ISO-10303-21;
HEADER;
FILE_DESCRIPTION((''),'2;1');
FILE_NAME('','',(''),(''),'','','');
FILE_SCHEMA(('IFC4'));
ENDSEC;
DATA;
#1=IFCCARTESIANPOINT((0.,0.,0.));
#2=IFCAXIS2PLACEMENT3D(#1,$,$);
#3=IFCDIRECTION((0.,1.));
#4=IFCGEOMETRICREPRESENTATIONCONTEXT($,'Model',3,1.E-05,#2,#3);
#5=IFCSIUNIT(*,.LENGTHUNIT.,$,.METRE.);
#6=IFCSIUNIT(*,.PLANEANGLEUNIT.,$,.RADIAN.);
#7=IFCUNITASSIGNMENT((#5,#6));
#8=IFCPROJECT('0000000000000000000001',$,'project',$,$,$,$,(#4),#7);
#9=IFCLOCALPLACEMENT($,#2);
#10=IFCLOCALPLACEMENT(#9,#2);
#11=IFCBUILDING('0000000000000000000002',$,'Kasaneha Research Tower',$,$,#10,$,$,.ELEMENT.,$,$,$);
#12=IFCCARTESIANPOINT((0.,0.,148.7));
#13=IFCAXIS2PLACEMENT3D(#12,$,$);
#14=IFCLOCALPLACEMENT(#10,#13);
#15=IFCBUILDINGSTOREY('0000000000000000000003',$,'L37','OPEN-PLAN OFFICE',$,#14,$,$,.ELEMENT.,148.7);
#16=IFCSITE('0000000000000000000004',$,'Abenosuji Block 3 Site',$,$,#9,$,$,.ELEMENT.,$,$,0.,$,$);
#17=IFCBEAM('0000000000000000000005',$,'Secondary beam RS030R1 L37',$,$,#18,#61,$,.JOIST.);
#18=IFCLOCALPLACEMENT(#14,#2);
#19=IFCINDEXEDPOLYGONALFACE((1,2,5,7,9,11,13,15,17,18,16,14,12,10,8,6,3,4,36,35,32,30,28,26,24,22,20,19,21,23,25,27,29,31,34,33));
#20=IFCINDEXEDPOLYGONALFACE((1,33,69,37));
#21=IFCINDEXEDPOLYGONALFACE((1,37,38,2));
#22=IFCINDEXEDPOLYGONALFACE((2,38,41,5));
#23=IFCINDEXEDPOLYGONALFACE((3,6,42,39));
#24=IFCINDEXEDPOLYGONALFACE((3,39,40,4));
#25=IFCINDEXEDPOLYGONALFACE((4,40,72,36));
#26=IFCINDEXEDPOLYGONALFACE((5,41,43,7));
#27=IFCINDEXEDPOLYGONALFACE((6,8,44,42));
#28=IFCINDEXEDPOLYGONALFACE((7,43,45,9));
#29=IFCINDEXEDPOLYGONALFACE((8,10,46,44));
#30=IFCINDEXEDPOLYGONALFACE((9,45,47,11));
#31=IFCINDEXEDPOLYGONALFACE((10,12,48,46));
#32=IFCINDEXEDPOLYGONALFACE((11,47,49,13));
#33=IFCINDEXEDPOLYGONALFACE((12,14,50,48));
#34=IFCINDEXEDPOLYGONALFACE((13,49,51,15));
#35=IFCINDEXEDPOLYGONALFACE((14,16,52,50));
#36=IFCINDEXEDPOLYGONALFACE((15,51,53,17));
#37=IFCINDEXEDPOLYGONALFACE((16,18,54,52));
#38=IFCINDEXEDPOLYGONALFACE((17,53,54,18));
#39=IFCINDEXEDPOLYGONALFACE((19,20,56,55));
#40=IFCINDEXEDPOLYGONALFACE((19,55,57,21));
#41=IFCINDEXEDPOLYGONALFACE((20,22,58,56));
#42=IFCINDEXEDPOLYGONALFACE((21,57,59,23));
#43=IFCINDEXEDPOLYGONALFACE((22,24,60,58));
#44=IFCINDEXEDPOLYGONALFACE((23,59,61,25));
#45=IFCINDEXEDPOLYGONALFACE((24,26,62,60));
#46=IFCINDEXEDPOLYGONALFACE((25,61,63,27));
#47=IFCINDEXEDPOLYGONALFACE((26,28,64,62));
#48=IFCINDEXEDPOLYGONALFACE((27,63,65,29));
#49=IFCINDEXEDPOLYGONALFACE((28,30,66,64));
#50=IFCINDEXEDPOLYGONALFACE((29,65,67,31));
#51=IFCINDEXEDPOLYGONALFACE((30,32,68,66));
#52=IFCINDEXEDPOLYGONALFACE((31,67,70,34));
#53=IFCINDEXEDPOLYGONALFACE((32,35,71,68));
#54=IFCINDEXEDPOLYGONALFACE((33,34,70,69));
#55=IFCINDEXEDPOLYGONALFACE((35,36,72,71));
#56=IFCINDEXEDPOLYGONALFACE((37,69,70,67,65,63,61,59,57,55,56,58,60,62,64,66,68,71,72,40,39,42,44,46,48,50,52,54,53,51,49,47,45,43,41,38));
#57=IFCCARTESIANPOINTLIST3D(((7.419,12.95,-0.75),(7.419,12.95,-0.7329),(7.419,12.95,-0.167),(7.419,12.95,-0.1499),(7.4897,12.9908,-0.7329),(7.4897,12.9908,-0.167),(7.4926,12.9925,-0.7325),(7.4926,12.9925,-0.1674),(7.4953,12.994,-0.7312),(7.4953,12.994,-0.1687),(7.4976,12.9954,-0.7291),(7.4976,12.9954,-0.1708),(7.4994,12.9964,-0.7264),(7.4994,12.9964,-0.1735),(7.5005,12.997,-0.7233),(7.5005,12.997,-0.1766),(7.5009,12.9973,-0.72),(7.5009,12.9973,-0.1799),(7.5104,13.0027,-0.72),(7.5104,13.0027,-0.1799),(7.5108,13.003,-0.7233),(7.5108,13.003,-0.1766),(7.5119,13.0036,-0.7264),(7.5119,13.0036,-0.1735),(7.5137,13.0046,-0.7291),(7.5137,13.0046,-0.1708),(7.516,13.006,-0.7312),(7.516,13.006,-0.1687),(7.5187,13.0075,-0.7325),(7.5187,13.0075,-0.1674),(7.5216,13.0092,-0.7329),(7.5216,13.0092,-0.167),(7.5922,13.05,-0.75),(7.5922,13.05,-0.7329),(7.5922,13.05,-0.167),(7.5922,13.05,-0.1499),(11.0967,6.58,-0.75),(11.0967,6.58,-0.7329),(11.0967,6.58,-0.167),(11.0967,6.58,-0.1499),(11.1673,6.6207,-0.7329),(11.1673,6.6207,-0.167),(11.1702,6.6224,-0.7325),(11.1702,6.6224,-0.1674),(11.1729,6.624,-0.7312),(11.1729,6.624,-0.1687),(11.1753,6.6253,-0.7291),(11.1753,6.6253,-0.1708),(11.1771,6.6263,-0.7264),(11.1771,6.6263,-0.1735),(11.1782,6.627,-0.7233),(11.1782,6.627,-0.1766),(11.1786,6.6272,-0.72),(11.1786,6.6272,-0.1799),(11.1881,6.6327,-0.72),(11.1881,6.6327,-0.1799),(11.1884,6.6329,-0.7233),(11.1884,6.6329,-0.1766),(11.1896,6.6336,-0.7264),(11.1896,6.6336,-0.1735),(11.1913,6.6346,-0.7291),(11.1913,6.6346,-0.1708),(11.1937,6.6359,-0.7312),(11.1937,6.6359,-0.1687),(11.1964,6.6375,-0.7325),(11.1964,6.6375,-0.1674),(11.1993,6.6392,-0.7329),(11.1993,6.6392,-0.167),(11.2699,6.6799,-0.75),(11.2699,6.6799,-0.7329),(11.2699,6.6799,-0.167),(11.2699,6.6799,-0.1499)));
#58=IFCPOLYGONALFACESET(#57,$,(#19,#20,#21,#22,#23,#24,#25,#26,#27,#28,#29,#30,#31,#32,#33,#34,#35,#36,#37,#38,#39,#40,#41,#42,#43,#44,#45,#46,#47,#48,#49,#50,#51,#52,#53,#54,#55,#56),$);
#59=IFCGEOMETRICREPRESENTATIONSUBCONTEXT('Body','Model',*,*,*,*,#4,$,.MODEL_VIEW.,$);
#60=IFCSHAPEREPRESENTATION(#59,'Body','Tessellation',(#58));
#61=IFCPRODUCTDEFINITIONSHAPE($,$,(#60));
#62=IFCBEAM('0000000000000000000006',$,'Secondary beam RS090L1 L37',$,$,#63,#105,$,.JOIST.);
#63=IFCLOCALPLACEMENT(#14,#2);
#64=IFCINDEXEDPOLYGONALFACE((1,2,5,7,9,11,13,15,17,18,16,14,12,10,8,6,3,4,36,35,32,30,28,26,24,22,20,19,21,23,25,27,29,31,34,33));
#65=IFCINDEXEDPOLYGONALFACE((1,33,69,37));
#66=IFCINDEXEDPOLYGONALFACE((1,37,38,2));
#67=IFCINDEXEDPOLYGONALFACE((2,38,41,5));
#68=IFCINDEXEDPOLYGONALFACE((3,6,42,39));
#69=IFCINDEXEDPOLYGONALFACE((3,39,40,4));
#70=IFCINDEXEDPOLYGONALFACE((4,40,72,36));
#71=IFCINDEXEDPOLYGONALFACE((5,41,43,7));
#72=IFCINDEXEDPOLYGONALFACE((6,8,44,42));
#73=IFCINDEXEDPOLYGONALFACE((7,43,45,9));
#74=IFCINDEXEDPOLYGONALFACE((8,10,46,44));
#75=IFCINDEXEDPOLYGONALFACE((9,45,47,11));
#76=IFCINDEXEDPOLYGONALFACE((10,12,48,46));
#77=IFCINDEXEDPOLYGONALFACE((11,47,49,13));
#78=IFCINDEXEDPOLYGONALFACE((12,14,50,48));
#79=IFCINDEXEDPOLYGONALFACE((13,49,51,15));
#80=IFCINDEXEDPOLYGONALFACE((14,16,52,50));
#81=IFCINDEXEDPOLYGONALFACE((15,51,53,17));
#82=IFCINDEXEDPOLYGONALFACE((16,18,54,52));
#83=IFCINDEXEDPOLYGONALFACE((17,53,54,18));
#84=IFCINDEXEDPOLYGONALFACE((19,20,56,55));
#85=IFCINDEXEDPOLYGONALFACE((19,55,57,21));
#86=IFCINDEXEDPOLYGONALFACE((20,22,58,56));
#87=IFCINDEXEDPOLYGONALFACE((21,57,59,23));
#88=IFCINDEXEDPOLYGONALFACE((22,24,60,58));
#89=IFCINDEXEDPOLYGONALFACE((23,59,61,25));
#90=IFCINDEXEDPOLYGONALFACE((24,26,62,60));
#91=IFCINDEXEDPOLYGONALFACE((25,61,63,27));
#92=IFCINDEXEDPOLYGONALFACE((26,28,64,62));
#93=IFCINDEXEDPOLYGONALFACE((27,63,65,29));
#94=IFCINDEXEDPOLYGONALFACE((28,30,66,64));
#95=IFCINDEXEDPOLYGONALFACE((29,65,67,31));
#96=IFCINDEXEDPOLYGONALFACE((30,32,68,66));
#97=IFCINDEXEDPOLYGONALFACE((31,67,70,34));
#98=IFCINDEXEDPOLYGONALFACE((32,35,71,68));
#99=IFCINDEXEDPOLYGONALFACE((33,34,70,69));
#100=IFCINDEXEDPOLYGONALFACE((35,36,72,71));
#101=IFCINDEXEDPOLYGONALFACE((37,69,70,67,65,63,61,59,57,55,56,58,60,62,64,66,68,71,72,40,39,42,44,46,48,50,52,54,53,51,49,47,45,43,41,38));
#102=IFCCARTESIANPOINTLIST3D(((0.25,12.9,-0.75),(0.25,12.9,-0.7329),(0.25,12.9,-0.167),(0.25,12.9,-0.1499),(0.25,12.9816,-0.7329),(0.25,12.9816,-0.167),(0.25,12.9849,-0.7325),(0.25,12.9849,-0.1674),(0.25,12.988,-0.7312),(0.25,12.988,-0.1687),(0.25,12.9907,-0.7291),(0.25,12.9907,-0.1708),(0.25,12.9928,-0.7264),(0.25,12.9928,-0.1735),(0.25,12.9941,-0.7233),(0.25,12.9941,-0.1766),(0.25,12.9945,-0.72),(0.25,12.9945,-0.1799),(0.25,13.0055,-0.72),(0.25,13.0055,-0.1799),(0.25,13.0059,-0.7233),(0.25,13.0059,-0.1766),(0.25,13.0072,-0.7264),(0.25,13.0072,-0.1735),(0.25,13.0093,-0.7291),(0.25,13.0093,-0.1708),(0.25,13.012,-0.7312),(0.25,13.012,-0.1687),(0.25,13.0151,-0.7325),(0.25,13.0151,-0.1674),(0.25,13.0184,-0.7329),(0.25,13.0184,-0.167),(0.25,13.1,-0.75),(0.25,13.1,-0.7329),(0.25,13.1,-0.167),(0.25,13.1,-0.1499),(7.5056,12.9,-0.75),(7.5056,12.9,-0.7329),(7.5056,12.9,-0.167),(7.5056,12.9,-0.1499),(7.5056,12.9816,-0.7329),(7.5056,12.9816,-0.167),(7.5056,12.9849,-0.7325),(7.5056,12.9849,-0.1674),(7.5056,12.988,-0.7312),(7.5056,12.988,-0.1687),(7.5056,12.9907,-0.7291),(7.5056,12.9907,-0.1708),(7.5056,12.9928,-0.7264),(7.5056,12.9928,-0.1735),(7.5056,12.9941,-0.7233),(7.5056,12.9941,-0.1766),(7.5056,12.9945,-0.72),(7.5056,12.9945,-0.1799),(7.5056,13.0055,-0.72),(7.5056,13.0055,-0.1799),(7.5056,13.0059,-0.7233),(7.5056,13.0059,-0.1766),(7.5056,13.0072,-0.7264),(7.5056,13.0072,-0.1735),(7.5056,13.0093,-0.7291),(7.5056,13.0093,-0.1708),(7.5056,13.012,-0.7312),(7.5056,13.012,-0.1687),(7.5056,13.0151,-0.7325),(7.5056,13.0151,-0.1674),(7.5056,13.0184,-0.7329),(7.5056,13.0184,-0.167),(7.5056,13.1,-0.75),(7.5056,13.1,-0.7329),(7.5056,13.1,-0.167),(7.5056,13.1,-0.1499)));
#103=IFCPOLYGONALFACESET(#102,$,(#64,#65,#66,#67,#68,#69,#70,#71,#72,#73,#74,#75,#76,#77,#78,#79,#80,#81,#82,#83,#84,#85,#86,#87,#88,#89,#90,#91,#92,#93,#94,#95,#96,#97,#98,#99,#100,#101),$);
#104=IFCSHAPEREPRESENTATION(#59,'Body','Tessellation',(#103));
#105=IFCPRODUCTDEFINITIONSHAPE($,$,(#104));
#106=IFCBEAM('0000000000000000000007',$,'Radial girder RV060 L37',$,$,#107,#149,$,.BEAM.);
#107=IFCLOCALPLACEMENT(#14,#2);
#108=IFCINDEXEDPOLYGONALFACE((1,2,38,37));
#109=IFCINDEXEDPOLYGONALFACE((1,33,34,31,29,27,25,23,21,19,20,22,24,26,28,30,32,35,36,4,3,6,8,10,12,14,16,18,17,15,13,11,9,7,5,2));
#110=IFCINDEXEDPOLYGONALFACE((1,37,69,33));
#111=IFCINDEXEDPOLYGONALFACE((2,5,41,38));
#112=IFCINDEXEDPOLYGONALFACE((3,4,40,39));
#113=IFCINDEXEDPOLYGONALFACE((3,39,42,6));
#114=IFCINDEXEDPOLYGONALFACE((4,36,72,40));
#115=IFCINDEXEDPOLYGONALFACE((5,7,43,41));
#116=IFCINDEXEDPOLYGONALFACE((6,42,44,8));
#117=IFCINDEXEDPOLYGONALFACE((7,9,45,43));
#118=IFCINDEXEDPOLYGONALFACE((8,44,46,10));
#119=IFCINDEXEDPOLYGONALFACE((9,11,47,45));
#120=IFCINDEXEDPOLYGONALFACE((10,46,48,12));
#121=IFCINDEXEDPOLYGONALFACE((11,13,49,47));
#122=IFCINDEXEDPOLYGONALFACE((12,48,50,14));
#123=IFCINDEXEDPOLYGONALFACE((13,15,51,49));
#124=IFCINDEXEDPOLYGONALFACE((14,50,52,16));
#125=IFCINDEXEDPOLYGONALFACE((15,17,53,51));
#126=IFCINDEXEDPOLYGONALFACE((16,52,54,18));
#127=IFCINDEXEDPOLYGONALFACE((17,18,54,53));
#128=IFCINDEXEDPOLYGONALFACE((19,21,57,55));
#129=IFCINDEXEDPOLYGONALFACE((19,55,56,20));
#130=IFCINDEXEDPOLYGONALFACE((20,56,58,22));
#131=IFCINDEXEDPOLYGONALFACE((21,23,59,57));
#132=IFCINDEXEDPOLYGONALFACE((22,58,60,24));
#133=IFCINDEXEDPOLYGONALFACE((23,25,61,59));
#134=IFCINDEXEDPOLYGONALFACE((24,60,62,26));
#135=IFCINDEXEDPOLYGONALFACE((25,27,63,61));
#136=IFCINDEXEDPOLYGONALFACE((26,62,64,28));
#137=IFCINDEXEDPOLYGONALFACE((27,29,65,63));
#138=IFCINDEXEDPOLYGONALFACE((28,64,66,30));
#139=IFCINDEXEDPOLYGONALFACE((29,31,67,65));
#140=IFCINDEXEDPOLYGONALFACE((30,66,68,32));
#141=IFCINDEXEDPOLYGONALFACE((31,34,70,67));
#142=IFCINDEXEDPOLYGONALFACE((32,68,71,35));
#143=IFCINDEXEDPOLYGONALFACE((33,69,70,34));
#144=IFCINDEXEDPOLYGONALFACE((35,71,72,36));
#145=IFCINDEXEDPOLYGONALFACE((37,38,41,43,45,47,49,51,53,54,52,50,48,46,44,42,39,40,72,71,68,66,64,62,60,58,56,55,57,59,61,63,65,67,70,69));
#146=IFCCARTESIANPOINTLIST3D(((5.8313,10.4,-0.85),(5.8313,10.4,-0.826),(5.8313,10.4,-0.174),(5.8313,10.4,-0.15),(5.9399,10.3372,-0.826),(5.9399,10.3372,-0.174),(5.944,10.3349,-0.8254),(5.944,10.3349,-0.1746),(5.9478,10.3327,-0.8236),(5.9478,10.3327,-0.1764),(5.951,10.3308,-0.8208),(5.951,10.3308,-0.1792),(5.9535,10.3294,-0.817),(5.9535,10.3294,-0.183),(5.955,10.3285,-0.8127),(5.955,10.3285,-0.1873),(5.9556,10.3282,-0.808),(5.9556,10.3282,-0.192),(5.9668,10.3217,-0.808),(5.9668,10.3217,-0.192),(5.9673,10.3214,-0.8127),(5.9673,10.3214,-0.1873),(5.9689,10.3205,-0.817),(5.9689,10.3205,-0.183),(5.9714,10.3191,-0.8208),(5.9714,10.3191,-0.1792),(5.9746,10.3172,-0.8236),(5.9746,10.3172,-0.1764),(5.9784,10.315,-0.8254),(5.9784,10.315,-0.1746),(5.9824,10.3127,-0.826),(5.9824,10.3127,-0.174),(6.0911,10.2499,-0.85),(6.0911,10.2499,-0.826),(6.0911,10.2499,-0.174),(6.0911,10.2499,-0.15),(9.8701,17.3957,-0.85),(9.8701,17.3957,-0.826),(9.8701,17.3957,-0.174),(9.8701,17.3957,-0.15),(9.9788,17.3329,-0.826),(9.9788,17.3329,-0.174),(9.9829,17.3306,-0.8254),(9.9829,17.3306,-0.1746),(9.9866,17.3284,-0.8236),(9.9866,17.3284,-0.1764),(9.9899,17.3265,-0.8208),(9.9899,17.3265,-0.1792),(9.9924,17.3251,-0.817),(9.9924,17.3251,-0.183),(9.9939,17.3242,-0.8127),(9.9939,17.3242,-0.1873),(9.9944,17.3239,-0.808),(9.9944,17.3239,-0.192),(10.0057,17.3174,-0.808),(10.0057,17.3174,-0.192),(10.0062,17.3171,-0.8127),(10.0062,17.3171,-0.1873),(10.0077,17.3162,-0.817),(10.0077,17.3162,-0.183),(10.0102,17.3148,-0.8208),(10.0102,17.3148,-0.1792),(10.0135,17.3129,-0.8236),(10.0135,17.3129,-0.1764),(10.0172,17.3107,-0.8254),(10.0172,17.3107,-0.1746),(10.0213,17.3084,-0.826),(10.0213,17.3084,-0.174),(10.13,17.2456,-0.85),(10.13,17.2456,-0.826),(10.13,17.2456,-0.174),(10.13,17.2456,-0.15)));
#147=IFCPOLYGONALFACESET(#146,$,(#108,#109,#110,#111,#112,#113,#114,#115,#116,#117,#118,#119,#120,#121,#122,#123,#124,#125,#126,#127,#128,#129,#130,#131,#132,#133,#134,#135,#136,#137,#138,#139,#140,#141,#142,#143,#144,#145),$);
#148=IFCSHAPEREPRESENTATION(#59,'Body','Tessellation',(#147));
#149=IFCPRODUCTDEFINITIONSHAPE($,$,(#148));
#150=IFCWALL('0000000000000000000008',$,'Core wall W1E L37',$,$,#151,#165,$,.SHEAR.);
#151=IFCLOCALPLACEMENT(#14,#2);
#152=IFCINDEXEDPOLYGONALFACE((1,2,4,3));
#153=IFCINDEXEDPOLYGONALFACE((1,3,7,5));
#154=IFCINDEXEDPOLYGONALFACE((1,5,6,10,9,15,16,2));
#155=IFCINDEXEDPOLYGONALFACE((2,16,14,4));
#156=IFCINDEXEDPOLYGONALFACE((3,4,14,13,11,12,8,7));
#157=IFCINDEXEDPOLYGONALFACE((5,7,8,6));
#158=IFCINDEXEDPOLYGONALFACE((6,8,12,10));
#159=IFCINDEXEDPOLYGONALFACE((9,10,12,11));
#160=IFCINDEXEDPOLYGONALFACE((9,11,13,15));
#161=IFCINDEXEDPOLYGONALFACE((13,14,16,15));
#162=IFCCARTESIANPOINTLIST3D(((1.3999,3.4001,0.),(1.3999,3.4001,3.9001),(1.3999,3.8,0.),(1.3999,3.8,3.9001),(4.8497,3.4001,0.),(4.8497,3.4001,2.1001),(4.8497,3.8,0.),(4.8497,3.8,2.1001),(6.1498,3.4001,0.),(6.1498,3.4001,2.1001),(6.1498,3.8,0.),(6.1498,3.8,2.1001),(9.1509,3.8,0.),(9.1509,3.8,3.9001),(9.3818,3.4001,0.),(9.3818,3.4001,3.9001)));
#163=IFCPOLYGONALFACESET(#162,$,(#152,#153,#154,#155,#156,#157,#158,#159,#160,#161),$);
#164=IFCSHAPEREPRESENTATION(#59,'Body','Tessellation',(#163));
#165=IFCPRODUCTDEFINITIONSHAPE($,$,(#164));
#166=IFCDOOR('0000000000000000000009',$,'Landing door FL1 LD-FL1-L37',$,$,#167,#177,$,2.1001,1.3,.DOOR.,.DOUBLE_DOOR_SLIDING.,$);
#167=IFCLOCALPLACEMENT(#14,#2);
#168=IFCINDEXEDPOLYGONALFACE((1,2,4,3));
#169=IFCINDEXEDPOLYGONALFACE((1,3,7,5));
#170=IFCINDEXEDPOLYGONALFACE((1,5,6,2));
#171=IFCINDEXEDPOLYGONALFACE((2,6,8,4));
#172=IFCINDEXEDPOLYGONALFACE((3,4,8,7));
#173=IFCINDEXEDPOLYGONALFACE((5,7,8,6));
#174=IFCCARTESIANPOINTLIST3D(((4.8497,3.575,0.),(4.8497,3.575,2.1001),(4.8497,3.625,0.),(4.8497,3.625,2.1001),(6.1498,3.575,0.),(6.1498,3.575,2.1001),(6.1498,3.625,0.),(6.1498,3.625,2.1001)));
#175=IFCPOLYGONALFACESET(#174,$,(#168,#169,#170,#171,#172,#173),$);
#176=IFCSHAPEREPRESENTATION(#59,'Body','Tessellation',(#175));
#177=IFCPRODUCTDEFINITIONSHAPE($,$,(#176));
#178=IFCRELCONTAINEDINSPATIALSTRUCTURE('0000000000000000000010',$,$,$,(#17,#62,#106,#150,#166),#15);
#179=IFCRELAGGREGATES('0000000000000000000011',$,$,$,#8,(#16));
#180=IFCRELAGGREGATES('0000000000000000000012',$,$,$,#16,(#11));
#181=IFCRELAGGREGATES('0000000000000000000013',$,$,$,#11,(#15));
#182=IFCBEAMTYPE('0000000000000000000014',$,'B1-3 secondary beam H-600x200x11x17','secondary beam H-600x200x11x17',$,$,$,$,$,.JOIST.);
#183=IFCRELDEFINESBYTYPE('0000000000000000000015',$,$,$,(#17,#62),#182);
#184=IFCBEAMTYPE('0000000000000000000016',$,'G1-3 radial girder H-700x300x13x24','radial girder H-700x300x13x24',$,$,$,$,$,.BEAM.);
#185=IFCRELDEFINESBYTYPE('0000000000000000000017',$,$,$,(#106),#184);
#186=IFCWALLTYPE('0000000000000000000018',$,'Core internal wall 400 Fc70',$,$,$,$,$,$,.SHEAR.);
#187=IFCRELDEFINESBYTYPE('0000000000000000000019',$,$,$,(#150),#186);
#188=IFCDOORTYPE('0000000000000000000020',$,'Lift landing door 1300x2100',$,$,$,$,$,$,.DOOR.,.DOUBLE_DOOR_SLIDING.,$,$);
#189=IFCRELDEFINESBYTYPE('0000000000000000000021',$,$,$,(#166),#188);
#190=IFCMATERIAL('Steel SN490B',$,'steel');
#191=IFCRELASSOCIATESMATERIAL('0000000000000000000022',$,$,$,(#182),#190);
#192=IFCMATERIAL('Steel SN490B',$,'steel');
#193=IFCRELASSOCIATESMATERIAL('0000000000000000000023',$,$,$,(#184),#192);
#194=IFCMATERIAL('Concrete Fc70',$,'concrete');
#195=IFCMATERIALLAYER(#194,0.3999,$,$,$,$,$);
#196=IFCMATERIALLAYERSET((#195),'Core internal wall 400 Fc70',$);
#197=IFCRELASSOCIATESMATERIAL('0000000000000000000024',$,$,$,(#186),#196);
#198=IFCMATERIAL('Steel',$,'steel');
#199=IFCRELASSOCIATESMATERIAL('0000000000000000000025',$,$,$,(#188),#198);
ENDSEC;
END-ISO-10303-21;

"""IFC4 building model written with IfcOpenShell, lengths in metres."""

from ifc_helpers import new_model, si_unit, direction, frame, frame_2d, origin, origin_2d, place, context, subcontext, project, spatial, polyline, rectangle, i_section, outline, extrude, material, layer, layer_set, material_profile, profile_set, type_object, element, fill, save


model = new_model("IFC4")

# Units and contexts
model_context = context("Model", 3, precision=1e-05, world=origin(), true_north=direction((0.0, 1.0)))
body_context = subcontext(model_context, "Body", "Model", "MODEL_VIEW")
ifc_project = project(units=[si_unit("LENGTHUNIT", "METRE"), si_unit("PLANEANGLEUNIT", "RADIAN")], contexts=[model_context])

# Site, building, storey
site_placement = place(None, origin())
site = spatial("IfcSite", under=ifc_project, at=site_placement, Name="Abenosuji Block 3 Site", CompositionType="ELEMENT", RefElevation=0.0)
building_placement = place(site_placement, origin())
building = spatial("IfcBuilding", under=site, at=building_placement, Name="Kasaneha Research Tower", CompositionType="ELEMENT")
storey_placement = place(building_placement, frame((0.0, 0.0, 148.7)))
storey = spatial("IfcBuildingStorey", under=building, at=storey_placement, Name="L37", Description="OPEN-PLAN OFFICE", CompositionType="ELEMENT", Elevation=148.7)

# Beams
ifc_material_1 = material(Name="Steel SN490B", Category="steel")
ifc_material_profile_1 = material_profile(ifc_material_1, i_section(OverallWidth=0.2, OverallDepth=0.6001, WebThickness=0.011, FlangeThickness=0.0171, FilletRadius=0.0129, at=origin_2d()), Name="H-600x200x11x17")
ifc_profile_set_1 = profile_set([ifc_material_profile_1], Name="Steel SN490B")
beam_type_1 = type_object("IfcBeamType", Name="B1-3 secondary beam H-600x200x11x17", Description="secondary beam H-600x200x11x17", PredefinedType="JOIST", material=ifc_profile_set_1)
beam_1_placement = place(storey_placement, frame((7.5056, 13.0, -0.45), z_axis=(0.499994, -0.866029, 0.0), x_axis=(0.866029, 0.499994, 0.0)))
element("IfcBeam", 1, at=beam_1_placement, inside=storey, type_object=beam_type_1, Name="Secondary beam RS030R1 L37", PredefinedType="JOIST", context=body_context, shape_type="SweptSolid", body=[
    extrude(i_section(OverallWidth=0.2, OverallDepth=0.6001, WebThickness=0.011, FlangeThickness=0.0171, FilletRadius=0.0129, at=origin_2d()), origin(), (0.0, 0.0, 1.0), 7.3555),
])
beam_2_placement = place(storey_placement, frame((7.5056, 13.0, -0.45), z_axis=(-1.0, 0.0, 0.0), x_axis=(0.0, -1.0, 0.0)))
element("IfcBeam", 2, at=beam_2_placement, inside=storey, type_object=beam_type_1, Name="Secondary beam RS090L1 L37", PredefinedType="JOIST", context=body_context, shape_type="SweptSolid", body=[
    extrude(i_section(OverallWidth=0.2, OverallDepth=0.6001, WebThickness=0.011, FlangeThickness=0.0171, FilletRadius=0.0129, at=origin_2d()), origin(), (0.0, 0.0, 1.0), 7.2556),
])
ifc_material_2 = material(Name="Steel SN490B", Category="steel")
ifc_material_profile_2 = material_profile(ifc_material_2, i_section(OverallWidth=0.3, OverallDepth=0.7, WebThickness=0.0129, FlangeThickness=0.0239, FilletRadius=0.0181, at=origin_2d()), Name="H-700x300x13x24")
ifc_profile_set_2 = profile_set([ifc_material_profile_2], Name="Steel SN490B")
beam_type_2 = type_object("IfcBeamType", Name="G1-3 radial girder H-700x300x13x24", Description="radial girder H-700x300x13x24", PredefinedType="BEAM", material=ifc_profile_set_2)
beam_3_placement = place(storey_placement, frame((5.9612, 10.325, -0.5), z_axis=(0.499991, 0.866031, 0.0), x_axis=(-0.866031, 0.499991, 0.0)))
element("IfcBeam", 3, at=beam_3_placement, inside=storey, type_object=beam_type_2, Name="Radial girder RV060 L37", PredefinedType="BEAM", context=body_context, shape_type="SweptSolid", body=[
    extrude(i_section(OverallWidth=0.3, OverallDepth=0.7, WebThickness=0.0129, FlangeThickness=0.0239, FilletRadius=0.0181, at=origin_2d()), origin(), (0.0, 0.0, 1.0), 8.0779),
])

# Wall, opening, door
ifc_material_3 = material(Name="Concrete Fc70", Category="concrete")
ifc_layer_1 = layer(ifc_material_3, 0.3999)
ifc_layer_set_1 = layer_set([ifc_layer_1], Name="Core internal wall 400 Fc70")
wall_type_1 = type_object("IfcWallType", Name="Core internal wall 400 Fc70", PredefinedType="SHEAR", material=ifc_layer_set_1)
wall_1_placement = place(storey_placement, frame((1.3999, 3.6001, 0.0), z_axis=(0.0, 0.0, 1.0), x_axis=(1.0, 0.0, 0.0)))
wall_1 = element("IfcWall", 4, at=wall_1_placement, inside=storey, type_object=wall_type_1, Name="Core wall W1E L37", PredefinedType="SHEAR", context=body_context, shape_type="SweptSolid", body=[
    extrude(outline(polyline([(0.0, -0.2), (3.45, -0.2), (4.75, -0.2), (7.9819, -0.2), (7.751, 0.2), (4.75, 0.2), (3.45, 0.2), (0.0, 0.2), (0.0, -0.2)])), origin(), (0.0, 0.0, 1.0), 3.9001),
])
opening_1_placement = place(wall_1_placement, frame((3.45, 0.0, 0.0)))
opening_1 = element("IfcOpeningElement", 5, at=opening_1_placement, cuts=wall_1, PredefinedType="OPENING", context=body_context, shape_type="SweptSolid", body=[
    extrude(rectangle(XDim=1.3, YDim=2.1001, at=frame_2d((0.6499, 1.05))), frame((0.0, 0.21, 0.0), z_axis=(0.0, -1.0, 0.0), x_axis=(1.0, 0.0, 0.0)), (0.0, 0.0, 1.0), 0.4199),
])
ifc_material_4 = material(Name="Steel", Category="steel")
door_type_1 = type_object("IfcDoorType", Name="Lift landing door 1300x2100", OperationType="DOUBLE_DOOR_SLIDING", PredefinedType="DOOR", material=ifc_material_4)
door_1_placement = place(opening_1_placement, origin())
door_1 = element("IfcDoor", 6, at=door_1_placement, inside=storey, type_object=door_type_1, Name="Landing door FL1 LD-FL1-L37", OperationType="DOUBLE_DOOR_SLIDING", OverallHeight=2.1001, OverallWidth=1.3, PredefinedType="DOOR", context=body_context, shape_type="SweptSolid", body=[
    extrude(rectangle(XDim=1.3, YDim=2.1001, at=frame_2d((0.6499, 1.05))), frame((0.0, 0.0249, 0.0), z_axis=(0.0, -1.0, 0.0), x_axis=(1.0, 0.0, 0.0)), (0.0, 0.0, 1.0), 0.05),
])
fill(opening_1, door_1)

save(model, "model.ifc")
